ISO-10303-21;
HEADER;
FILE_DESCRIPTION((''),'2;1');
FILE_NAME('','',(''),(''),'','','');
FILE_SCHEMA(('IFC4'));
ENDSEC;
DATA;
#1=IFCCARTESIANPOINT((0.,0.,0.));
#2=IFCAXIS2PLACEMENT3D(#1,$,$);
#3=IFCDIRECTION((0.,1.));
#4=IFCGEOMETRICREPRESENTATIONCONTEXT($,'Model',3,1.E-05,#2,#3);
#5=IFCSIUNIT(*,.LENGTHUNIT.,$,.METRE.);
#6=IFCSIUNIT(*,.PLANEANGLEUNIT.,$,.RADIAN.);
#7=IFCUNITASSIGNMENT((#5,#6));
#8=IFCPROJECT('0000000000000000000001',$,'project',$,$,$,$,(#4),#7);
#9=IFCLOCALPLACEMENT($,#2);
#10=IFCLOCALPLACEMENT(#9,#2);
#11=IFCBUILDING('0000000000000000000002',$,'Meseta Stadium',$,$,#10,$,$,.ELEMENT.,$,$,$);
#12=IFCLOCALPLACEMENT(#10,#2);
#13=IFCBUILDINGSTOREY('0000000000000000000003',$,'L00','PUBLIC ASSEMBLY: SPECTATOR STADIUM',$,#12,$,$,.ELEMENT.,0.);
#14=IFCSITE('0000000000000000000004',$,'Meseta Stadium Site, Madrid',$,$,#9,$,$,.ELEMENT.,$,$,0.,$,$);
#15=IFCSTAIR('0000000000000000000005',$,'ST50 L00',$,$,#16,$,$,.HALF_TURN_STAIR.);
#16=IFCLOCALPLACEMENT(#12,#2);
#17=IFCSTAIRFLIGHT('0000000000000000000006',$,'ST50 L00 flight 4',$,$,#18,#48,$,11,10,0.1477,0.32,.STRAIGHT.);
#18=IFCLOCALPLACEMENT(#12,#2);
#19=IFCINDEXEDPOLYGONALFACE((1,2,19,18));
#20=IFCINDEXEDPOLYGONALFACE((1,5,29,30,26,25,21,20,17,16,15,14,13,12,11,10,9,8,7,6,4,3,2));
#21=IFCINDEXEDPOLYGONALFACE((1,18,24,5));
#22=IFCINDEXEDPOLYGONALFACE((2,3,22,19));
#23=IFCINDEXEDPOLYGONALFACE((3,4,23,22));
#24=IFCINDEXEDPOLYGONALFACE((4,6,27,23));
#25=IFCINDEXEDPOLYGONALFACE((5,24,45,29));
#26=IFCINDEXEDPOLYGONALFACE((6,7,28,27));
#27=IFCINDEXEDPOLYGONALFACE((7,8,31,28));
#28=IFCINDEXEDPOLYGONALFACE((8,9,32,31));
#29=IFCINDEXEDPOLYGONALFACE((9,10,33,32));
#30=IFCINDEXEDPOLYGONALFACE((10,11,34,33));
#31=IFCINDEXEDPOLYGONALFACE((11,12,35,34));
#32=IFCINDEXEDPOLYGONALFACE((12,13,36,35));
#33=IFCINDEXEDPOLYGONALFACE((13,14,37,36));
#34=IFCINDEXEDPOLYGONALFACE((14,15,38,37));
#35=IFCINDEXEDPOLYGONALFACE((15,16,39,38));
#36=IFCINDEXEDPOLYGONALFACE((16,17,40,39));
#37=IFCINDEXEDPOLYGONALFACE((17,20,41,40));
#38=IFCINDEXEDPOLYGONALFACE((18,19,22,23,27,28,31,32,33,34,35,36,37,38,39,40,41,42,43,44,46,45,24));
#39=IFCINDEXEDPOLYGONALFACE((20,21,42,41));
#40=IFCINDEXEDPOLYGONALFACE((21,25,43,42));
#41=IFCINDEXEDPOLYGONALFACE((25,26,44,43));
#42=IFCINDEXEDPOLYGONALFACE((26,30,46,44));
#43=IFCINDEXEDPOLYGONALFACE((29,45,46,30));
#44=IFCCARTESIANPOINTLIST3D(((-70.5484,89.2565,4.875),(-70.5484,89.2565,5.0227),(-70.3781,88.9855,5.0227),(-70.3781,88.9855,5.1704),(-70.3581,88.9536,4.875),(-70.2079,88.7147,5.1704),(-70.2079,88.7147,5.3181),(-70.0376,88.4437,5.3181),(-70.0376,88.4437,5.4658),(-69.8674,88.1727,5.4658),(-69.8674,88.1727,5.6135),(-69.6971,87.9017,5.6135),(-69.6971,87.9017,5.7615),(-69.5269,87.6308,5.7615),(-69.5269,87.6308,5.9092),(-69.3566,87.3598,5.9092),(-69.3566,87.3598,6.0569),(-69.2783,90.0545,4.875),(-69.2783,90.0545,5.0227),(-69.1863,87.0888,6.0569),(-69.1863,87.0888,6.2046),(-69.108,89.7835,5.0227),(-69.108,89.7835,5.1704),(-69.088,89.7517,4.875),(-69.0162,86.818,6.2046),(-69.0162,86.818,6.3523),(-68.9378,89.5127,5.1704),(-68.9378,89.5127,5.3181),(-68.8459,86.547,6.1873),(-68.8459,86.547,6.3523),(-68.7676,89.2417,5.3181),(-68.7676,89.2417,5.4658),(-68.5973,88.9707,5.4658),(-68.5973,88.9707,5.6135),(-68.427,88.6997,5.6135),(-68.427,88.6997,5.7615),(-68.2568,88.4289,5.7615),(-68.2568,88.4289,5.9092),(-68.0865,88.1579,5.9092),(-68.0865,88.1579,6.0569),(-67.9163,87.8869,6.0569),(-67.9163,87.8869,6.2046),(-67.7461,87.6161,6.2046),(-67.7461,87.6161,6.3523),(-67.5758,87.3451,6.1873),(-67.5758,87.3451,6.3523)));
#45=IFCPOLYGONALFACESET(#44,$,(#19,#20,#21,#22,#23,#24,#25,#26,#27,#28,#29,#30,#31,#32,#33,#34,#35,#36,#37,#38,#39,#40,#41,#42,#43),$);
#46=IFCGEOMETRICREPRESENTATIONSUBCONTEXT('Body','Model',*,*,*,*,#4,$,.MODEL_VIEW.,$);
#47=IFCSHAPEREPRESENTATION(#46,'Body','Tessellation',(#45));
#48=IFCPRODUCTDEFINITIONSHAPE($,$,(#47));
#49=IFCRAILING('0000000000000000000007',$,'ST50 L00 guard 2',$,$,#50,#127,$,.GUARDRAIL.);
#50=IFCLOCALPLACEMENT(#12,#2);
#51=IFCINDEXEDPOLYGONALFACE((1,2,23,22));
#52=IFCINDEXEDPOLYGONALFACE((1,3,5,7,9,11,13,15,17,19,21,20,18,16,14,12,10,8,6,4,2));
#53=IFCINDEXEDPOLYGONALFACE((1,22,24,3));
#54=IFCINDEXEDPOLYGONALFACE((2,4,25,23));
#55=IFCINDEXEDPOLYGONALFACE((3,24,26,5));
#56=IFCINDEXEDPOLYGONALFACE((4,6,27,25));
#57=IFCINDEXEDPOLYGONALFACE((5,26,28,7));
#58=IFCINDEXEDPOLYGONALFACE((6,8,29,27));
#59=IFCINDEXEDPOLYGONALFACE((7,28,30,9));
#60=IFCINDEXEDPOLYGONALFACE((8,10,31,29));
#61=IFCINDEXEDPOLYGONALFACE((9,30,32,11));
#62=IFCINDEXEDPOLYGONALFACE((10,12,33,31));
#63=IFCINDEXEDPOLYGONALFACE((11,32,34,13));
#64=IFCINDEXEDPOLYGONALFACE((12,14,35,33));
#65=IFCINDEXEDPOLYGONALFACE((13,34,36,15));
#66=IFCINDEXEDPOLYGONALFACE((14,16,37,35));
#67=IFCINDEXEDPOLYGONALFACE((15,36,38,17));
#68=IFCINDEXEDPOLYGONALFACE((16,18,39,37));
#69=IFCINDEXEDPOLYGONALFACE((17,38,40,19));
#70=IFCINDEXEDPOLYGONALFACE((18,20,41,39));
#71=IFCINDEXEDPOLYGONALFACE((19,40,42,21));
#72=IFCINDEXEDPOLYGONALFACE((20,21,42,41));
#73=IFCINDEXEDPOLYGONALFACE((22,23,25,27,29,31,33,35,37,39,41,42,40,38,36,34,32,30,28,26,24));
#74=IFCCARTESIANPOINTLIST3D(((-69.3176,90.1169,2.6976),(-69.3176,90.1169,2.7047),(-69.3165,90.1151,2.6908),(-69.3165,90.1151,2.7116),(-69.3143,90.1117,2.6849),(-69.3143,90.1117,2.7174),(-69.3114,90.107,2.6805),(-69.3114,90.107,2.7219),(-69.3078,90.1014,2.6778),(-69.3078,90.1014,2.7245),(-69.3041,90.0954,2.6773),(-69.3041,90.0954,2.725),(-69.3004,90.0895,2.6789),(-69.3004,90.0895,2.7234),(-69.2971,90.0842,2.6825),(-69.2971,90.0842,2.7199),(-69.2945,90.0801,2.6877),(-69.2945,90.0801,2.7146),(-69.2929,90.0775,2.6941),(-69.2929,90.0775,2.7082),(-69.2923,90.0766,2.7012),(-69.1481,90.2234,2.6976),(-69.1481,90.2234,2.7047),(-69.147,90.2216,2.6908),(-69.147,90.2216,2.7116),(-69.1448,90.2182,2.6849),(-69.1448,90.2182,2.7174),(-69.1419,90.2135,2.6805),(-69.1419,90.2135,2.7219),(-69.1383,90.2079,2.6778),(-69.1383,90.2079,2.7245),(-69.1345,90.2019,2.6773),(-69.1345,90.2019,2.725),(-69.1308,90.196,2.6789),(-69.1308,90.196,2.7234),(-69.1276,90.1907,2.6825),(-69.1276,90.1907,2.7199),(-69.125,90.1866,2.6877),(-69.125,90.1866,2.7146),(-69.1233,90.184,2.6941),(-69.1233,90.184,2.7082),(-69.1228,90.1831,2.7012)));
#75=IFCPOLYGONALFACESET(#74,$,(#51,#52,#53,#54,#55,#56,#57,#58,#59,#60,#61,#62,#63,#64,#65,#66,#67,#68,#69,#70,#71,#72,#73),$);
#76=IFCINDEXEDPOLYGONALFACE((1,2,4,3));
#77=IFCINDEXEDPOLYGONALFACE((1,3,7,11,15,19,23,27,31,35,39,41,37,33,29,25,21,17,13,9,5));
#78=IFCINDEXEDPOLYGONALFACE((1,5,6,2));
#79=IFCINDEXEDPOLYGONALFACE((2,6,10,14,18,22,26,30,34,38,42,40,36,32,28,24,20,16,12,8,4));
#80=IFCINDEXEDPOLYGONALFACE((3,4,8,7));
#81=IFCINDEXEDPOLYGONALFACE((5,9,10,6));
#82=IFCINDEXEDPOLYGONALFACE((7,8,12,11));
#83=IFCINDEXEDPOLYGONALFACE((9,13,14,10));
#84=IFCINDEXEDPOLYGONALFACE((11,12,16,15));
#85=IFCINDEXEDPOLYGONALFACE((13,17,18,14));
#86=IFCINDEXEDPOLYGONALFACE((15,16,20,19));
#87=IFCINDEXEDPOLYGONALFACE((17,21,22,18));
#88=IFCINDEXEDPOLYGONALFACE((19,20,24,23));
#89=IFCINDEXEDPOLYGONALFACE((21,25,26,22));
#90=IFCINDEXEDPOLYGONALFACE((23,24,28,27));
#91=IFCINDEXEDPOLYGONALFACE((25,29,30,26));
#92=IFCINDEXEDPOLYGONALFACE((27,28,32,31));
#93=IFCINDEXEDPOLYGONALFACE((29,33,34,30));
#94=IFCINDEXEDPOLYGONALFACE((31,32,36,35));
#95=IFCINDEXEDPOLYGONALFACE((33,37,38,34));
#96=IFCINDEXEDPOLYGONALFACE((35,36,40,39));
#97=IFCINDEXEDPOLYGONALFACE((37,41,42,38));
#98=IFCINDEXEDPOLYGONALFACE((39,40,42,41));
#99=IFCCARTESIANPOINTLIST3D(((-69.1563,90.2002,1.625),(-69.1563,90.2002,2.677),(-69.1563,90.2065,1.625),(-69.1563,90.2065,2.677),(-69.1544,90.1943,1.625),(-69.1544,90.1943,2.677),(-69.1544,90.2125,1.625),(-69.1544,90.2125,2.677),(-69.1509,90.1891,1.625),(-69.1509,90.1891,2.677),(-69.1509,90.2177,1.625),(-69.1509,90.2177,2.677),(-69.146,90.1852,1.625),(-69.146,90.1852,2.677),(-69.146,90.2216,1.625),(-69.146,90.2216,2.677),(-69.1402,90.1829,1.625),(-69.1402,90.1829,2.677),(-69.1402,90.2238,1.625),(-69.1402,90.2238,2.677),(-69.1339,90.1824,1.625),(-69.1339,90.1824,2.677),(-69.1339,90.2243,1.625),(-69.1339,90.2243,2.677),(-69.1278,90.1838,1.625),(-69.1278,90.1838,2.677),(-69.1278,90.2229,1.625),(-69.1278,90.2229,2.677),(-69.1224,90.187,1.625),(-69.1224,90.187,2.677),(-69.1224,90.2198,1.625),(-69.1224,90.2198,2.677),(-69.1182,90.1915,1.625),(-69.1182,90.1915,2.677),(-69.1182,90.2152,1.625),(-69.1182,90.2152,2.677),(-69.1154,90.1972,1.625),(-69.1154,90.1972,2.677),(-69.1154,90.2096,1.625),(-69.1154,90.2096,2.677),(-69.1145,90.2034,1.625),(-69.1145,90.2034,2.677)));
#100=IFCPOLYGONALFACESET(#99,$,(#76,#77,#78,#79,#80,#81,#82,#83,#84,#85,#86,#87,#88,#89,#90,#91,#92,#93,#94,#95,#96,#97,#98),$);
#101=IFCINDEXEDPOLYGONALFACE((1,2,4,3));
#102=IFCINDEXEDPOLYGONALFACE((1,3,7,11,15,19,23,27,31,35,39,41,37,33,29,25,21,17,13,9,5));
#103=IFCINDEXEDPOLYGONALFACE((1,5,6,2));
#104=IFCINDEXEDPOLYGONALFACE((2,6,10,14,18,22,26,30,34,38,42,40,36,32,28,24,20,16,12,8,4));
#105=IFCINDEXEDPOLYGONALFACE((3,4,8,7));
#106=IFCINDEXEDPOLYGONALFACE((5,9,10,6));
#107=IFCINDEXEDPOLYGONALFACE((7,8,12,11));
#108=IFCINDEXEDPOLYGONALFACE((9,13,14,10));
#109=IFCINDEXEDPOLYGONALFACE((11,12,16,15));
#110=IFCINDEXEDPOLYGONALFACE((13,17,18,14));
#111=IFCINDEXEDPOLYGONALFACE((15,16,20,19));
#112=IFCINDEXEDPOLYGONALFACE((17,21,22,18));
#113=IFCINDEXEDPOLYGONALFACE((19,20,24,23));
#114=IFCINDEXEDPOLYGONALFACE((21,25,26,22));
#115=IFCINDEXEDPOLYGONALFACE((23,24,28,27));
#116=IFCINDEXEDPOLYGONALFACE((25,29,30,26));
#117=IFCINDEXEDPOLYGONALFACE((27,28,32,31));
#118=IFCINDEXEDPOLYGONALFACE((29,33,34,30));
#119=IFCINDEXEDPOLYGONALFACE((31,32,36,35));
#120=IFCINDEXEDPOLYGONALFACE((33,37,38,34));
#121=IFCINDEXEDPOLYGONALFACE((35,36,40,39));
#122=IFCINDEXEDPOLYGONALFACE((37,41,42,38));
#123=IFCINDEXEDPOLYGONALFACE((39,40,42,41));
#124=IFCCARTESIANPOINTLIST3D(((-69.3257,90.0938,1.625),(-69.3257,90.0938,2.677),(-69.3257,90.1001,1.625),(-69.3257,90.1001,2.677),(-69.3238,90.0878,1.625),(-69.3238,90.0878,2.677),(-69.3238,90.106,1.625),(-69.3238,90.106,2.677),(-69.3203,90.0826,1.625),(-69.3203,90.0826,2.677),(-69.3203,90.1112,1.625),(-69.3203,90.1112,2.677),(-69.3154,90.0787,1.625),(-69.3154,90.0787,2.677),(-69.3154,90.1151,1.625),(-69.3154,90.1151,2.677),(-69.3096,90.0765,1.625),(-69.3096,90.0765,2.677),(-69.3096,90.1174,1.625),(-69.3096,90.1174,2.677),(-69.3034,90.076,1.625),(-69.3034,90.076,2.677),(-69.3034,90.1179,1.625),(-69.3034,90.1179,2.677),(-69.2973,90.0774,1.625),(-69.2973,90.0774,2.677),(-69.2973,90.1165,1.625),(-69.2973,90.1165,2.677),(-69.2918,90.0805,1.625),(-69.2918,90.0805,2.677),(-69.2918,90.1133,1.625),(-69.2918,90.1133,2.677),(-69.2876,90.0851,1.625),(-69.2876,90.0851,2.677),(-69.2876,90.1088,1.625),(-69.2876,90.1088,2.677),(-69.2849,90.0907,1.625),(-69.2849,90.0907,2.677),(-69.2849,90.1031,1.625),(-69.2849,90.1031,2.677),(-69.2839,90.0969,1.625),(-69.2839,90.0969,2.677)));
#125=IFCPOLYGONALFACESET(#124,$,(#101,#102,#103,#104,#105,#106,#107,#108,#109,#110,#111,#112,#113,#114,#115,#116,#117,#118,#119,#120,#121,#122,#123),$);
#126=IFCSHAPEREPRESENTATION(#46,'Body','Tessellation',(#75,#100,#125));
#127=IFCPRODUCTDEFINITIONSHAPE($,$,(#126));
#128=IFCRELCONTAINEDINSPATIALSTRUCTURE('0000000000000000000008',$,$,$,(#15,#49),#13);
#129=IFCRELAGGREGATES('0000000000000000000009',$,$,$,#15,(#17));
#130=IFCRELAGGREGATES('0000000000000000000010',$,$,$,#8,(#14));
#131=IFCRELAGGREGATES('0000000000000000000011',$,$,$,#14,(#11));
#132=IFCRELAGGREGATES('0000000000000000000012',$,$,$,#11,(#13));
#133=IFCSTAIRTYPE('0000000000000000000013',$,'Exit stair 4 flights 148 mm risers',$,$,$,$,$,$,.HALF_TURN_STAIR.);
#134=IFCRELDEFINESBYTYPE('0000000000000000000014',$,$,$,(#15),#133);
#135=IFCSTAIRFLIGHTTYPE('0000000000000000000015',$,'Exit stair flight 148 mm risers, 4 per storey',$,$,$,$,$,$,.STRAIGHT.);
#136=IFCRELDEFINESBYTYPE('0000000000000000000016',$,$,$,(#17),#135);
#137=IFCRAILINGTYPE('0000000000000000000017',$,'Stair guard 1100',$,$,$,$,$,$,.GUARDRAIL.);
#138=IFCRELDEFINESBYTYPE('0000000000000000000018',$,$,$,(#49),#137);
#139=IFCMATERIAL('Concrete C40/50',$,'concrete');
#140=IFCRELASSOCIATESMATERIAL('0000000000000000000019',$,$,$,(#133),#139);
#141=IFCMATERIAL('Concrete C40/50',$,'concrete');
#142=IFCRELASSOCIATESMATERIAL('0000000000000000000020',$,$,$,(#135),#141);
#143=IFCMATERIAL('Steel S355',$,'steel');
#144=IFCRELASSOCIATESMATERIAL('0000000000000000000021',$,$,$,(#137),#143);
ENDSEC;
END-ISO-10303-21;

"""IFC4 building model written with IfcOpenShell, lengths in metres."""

from ifc_helpers import new_model, si_unit, direction, frame, origin, origin_2d, place, context, subcontext, project, spatial, polyline, circle, outline, extrude, material, type_object, element, aggregate, save


model = new_model("IFC4")

# Units and contexts
model_context = context("Model", 3, precision=1e-05, world=origin(), true_north=direction((0.0, 1.0)))
body_context = subcontext(model_context, "Body", "Model", "MODEL_VIEW")
ifc_project = project(units=[si_unit("LENGTHUNIT", "METRE"), si_unit("PLANEANGLEUNIT", "RADIAN")], contexts=[model_context])

# Site, building, storey
site_placement = place(None, origin())
site = spatial("IfcSite", under=ifc_project, at=site_placement, Name="Meseta Stadium Site, Madrid", CompositionType="ELEMENT", RefElevation=0.0)
building_placement = place(site_placement, origin())
building = spatial("IfcBuilding", under=site, at=building_placement, Name="Meseta Stadium", CompositionType="ELEMENT")
storey_placement = place(building_placement, origin())
storey = spatial("IfcBuildingStorey", under=building, at=storey_placement, Name="L00", Description="PUBLIC ASSEMBLY: SPECTATOR STADIUM", CompositionType="ELEMENT", Elevation=0.0)

# Stair, stair flight
ifc_material_1 = material(Name="Concrete C40/50", Category="concrete")
stair_type = type_object("IfcStairType", Name="Exit stair 4 flights 148 mm risers", PredefinedType="HALF_TURN_STAIR", material=ifc_material_1)
stair_placement = place(storey_placement, origin())
stair = element("IfcStair", 1, at=stair_placement, inside=storey, type_object=stair_type, Name="ST50 L00", PredefinedType="HALF_TURN_STAIR")
ifc_material_2 = material(Name="Concrete C40/50", Category="concrete")
stair_flight_type = type_object("IfcStairFlightType", Name="Exit stair flight 148 mm risers, 4 per storey", PredefinedType="STRAIGHT", material=ifc_material_2)
stair_flight_1_placement = place(storey_placement, frame((-69.9133, 89.6555, 4.875), z_axis=(0.0, 0.0, 1.0), x_axis=(0.532032, -0.846724, 0.0)))
stair_flight_1 = element("IfcStairFlight", 2, at=stair_flight_1_placement, type_object=stair_flight_type, Name="ST50 L00 flight 4", NumberOfRisers=11, NumberOfTreads=10, PredefinedType="STRAIGHT", RiserHeight=0.1477, TreadLength=0.32, context=body_context, shape_type="SweptSolid", body=[
    extrude(outline(polyline([(0.0, 0.0), (0.0, 0.1477), (0.3201, 0.1477), (0.3201, 0.2954), (0.6399, 0.2954), (0.6399, 0.4431), (0.96, 0.4431), (0.96, 0.5908), (1.28, 0.5908), (1.28, 0.7385), (1.6001, 0.7385), (1.6001, 0.8865), (1.9199, 0.8865), (1.9199, 1.0342), (2.24, 1.0342), (2.24, 1.1819), (2.5601, 1.1819), (2.5601, 1.3296), (2.8799, 1.3296), (2.8799, 1.4773), (3.2, 1.4773), (3.2, 1.3123), (0.3577, 0.0), (0.0, 0.0)])), frame((0.0, 0.75, 0.0), z_axis=(0.0, -1.0, 0.0), x_axis=(1.0, 0.0, 0.0)), (0.0, 0.0, 1.0), 1.5),
])
aggregate(stair, [stair_flight_1])

# Railing
ifc_material_3 = material(Name="Steel S355", Category="steel")
railing_type_1 = type_object("IfcRailingType", Name="Stair guard 1100", PredefinedType="GUARDRAIL", material=ifc_material_3)
railing_1_placement = place(storey_placement, frame((-69.1355, 90.2034, 1.625)))
element("IfcRailing", 3, at=railing_1_placement, inside=storey, type_object=railing_type_1, Name="ST50 L00 guard 2", PredefinedType="GUARDRAIL", context=body_context, shape_type="SweptSolid", body=[
    extrude(circle(Radius=0.0239, at=origin_2d()), frame((0.0, 0.0, 1.0762), z_axis=(-0.846762, -0.531972, 0.0), x_axis=(0.531972, -0.846762, 0.0)), (0.0, 0.0, 1.0), 0.2002),
    extrude(circle(Radius=0.021, at=origin_2d()), origin(), (0.0, 0.0, 1.0), 1.052),
    extrude(circle(Radius=0.021, at=origin_2d()), frame((-0.1694, -0.1064, 0.0)), (0.0, 0.0, 1.0), 1.052),
])

save(model, "model.ifc")
